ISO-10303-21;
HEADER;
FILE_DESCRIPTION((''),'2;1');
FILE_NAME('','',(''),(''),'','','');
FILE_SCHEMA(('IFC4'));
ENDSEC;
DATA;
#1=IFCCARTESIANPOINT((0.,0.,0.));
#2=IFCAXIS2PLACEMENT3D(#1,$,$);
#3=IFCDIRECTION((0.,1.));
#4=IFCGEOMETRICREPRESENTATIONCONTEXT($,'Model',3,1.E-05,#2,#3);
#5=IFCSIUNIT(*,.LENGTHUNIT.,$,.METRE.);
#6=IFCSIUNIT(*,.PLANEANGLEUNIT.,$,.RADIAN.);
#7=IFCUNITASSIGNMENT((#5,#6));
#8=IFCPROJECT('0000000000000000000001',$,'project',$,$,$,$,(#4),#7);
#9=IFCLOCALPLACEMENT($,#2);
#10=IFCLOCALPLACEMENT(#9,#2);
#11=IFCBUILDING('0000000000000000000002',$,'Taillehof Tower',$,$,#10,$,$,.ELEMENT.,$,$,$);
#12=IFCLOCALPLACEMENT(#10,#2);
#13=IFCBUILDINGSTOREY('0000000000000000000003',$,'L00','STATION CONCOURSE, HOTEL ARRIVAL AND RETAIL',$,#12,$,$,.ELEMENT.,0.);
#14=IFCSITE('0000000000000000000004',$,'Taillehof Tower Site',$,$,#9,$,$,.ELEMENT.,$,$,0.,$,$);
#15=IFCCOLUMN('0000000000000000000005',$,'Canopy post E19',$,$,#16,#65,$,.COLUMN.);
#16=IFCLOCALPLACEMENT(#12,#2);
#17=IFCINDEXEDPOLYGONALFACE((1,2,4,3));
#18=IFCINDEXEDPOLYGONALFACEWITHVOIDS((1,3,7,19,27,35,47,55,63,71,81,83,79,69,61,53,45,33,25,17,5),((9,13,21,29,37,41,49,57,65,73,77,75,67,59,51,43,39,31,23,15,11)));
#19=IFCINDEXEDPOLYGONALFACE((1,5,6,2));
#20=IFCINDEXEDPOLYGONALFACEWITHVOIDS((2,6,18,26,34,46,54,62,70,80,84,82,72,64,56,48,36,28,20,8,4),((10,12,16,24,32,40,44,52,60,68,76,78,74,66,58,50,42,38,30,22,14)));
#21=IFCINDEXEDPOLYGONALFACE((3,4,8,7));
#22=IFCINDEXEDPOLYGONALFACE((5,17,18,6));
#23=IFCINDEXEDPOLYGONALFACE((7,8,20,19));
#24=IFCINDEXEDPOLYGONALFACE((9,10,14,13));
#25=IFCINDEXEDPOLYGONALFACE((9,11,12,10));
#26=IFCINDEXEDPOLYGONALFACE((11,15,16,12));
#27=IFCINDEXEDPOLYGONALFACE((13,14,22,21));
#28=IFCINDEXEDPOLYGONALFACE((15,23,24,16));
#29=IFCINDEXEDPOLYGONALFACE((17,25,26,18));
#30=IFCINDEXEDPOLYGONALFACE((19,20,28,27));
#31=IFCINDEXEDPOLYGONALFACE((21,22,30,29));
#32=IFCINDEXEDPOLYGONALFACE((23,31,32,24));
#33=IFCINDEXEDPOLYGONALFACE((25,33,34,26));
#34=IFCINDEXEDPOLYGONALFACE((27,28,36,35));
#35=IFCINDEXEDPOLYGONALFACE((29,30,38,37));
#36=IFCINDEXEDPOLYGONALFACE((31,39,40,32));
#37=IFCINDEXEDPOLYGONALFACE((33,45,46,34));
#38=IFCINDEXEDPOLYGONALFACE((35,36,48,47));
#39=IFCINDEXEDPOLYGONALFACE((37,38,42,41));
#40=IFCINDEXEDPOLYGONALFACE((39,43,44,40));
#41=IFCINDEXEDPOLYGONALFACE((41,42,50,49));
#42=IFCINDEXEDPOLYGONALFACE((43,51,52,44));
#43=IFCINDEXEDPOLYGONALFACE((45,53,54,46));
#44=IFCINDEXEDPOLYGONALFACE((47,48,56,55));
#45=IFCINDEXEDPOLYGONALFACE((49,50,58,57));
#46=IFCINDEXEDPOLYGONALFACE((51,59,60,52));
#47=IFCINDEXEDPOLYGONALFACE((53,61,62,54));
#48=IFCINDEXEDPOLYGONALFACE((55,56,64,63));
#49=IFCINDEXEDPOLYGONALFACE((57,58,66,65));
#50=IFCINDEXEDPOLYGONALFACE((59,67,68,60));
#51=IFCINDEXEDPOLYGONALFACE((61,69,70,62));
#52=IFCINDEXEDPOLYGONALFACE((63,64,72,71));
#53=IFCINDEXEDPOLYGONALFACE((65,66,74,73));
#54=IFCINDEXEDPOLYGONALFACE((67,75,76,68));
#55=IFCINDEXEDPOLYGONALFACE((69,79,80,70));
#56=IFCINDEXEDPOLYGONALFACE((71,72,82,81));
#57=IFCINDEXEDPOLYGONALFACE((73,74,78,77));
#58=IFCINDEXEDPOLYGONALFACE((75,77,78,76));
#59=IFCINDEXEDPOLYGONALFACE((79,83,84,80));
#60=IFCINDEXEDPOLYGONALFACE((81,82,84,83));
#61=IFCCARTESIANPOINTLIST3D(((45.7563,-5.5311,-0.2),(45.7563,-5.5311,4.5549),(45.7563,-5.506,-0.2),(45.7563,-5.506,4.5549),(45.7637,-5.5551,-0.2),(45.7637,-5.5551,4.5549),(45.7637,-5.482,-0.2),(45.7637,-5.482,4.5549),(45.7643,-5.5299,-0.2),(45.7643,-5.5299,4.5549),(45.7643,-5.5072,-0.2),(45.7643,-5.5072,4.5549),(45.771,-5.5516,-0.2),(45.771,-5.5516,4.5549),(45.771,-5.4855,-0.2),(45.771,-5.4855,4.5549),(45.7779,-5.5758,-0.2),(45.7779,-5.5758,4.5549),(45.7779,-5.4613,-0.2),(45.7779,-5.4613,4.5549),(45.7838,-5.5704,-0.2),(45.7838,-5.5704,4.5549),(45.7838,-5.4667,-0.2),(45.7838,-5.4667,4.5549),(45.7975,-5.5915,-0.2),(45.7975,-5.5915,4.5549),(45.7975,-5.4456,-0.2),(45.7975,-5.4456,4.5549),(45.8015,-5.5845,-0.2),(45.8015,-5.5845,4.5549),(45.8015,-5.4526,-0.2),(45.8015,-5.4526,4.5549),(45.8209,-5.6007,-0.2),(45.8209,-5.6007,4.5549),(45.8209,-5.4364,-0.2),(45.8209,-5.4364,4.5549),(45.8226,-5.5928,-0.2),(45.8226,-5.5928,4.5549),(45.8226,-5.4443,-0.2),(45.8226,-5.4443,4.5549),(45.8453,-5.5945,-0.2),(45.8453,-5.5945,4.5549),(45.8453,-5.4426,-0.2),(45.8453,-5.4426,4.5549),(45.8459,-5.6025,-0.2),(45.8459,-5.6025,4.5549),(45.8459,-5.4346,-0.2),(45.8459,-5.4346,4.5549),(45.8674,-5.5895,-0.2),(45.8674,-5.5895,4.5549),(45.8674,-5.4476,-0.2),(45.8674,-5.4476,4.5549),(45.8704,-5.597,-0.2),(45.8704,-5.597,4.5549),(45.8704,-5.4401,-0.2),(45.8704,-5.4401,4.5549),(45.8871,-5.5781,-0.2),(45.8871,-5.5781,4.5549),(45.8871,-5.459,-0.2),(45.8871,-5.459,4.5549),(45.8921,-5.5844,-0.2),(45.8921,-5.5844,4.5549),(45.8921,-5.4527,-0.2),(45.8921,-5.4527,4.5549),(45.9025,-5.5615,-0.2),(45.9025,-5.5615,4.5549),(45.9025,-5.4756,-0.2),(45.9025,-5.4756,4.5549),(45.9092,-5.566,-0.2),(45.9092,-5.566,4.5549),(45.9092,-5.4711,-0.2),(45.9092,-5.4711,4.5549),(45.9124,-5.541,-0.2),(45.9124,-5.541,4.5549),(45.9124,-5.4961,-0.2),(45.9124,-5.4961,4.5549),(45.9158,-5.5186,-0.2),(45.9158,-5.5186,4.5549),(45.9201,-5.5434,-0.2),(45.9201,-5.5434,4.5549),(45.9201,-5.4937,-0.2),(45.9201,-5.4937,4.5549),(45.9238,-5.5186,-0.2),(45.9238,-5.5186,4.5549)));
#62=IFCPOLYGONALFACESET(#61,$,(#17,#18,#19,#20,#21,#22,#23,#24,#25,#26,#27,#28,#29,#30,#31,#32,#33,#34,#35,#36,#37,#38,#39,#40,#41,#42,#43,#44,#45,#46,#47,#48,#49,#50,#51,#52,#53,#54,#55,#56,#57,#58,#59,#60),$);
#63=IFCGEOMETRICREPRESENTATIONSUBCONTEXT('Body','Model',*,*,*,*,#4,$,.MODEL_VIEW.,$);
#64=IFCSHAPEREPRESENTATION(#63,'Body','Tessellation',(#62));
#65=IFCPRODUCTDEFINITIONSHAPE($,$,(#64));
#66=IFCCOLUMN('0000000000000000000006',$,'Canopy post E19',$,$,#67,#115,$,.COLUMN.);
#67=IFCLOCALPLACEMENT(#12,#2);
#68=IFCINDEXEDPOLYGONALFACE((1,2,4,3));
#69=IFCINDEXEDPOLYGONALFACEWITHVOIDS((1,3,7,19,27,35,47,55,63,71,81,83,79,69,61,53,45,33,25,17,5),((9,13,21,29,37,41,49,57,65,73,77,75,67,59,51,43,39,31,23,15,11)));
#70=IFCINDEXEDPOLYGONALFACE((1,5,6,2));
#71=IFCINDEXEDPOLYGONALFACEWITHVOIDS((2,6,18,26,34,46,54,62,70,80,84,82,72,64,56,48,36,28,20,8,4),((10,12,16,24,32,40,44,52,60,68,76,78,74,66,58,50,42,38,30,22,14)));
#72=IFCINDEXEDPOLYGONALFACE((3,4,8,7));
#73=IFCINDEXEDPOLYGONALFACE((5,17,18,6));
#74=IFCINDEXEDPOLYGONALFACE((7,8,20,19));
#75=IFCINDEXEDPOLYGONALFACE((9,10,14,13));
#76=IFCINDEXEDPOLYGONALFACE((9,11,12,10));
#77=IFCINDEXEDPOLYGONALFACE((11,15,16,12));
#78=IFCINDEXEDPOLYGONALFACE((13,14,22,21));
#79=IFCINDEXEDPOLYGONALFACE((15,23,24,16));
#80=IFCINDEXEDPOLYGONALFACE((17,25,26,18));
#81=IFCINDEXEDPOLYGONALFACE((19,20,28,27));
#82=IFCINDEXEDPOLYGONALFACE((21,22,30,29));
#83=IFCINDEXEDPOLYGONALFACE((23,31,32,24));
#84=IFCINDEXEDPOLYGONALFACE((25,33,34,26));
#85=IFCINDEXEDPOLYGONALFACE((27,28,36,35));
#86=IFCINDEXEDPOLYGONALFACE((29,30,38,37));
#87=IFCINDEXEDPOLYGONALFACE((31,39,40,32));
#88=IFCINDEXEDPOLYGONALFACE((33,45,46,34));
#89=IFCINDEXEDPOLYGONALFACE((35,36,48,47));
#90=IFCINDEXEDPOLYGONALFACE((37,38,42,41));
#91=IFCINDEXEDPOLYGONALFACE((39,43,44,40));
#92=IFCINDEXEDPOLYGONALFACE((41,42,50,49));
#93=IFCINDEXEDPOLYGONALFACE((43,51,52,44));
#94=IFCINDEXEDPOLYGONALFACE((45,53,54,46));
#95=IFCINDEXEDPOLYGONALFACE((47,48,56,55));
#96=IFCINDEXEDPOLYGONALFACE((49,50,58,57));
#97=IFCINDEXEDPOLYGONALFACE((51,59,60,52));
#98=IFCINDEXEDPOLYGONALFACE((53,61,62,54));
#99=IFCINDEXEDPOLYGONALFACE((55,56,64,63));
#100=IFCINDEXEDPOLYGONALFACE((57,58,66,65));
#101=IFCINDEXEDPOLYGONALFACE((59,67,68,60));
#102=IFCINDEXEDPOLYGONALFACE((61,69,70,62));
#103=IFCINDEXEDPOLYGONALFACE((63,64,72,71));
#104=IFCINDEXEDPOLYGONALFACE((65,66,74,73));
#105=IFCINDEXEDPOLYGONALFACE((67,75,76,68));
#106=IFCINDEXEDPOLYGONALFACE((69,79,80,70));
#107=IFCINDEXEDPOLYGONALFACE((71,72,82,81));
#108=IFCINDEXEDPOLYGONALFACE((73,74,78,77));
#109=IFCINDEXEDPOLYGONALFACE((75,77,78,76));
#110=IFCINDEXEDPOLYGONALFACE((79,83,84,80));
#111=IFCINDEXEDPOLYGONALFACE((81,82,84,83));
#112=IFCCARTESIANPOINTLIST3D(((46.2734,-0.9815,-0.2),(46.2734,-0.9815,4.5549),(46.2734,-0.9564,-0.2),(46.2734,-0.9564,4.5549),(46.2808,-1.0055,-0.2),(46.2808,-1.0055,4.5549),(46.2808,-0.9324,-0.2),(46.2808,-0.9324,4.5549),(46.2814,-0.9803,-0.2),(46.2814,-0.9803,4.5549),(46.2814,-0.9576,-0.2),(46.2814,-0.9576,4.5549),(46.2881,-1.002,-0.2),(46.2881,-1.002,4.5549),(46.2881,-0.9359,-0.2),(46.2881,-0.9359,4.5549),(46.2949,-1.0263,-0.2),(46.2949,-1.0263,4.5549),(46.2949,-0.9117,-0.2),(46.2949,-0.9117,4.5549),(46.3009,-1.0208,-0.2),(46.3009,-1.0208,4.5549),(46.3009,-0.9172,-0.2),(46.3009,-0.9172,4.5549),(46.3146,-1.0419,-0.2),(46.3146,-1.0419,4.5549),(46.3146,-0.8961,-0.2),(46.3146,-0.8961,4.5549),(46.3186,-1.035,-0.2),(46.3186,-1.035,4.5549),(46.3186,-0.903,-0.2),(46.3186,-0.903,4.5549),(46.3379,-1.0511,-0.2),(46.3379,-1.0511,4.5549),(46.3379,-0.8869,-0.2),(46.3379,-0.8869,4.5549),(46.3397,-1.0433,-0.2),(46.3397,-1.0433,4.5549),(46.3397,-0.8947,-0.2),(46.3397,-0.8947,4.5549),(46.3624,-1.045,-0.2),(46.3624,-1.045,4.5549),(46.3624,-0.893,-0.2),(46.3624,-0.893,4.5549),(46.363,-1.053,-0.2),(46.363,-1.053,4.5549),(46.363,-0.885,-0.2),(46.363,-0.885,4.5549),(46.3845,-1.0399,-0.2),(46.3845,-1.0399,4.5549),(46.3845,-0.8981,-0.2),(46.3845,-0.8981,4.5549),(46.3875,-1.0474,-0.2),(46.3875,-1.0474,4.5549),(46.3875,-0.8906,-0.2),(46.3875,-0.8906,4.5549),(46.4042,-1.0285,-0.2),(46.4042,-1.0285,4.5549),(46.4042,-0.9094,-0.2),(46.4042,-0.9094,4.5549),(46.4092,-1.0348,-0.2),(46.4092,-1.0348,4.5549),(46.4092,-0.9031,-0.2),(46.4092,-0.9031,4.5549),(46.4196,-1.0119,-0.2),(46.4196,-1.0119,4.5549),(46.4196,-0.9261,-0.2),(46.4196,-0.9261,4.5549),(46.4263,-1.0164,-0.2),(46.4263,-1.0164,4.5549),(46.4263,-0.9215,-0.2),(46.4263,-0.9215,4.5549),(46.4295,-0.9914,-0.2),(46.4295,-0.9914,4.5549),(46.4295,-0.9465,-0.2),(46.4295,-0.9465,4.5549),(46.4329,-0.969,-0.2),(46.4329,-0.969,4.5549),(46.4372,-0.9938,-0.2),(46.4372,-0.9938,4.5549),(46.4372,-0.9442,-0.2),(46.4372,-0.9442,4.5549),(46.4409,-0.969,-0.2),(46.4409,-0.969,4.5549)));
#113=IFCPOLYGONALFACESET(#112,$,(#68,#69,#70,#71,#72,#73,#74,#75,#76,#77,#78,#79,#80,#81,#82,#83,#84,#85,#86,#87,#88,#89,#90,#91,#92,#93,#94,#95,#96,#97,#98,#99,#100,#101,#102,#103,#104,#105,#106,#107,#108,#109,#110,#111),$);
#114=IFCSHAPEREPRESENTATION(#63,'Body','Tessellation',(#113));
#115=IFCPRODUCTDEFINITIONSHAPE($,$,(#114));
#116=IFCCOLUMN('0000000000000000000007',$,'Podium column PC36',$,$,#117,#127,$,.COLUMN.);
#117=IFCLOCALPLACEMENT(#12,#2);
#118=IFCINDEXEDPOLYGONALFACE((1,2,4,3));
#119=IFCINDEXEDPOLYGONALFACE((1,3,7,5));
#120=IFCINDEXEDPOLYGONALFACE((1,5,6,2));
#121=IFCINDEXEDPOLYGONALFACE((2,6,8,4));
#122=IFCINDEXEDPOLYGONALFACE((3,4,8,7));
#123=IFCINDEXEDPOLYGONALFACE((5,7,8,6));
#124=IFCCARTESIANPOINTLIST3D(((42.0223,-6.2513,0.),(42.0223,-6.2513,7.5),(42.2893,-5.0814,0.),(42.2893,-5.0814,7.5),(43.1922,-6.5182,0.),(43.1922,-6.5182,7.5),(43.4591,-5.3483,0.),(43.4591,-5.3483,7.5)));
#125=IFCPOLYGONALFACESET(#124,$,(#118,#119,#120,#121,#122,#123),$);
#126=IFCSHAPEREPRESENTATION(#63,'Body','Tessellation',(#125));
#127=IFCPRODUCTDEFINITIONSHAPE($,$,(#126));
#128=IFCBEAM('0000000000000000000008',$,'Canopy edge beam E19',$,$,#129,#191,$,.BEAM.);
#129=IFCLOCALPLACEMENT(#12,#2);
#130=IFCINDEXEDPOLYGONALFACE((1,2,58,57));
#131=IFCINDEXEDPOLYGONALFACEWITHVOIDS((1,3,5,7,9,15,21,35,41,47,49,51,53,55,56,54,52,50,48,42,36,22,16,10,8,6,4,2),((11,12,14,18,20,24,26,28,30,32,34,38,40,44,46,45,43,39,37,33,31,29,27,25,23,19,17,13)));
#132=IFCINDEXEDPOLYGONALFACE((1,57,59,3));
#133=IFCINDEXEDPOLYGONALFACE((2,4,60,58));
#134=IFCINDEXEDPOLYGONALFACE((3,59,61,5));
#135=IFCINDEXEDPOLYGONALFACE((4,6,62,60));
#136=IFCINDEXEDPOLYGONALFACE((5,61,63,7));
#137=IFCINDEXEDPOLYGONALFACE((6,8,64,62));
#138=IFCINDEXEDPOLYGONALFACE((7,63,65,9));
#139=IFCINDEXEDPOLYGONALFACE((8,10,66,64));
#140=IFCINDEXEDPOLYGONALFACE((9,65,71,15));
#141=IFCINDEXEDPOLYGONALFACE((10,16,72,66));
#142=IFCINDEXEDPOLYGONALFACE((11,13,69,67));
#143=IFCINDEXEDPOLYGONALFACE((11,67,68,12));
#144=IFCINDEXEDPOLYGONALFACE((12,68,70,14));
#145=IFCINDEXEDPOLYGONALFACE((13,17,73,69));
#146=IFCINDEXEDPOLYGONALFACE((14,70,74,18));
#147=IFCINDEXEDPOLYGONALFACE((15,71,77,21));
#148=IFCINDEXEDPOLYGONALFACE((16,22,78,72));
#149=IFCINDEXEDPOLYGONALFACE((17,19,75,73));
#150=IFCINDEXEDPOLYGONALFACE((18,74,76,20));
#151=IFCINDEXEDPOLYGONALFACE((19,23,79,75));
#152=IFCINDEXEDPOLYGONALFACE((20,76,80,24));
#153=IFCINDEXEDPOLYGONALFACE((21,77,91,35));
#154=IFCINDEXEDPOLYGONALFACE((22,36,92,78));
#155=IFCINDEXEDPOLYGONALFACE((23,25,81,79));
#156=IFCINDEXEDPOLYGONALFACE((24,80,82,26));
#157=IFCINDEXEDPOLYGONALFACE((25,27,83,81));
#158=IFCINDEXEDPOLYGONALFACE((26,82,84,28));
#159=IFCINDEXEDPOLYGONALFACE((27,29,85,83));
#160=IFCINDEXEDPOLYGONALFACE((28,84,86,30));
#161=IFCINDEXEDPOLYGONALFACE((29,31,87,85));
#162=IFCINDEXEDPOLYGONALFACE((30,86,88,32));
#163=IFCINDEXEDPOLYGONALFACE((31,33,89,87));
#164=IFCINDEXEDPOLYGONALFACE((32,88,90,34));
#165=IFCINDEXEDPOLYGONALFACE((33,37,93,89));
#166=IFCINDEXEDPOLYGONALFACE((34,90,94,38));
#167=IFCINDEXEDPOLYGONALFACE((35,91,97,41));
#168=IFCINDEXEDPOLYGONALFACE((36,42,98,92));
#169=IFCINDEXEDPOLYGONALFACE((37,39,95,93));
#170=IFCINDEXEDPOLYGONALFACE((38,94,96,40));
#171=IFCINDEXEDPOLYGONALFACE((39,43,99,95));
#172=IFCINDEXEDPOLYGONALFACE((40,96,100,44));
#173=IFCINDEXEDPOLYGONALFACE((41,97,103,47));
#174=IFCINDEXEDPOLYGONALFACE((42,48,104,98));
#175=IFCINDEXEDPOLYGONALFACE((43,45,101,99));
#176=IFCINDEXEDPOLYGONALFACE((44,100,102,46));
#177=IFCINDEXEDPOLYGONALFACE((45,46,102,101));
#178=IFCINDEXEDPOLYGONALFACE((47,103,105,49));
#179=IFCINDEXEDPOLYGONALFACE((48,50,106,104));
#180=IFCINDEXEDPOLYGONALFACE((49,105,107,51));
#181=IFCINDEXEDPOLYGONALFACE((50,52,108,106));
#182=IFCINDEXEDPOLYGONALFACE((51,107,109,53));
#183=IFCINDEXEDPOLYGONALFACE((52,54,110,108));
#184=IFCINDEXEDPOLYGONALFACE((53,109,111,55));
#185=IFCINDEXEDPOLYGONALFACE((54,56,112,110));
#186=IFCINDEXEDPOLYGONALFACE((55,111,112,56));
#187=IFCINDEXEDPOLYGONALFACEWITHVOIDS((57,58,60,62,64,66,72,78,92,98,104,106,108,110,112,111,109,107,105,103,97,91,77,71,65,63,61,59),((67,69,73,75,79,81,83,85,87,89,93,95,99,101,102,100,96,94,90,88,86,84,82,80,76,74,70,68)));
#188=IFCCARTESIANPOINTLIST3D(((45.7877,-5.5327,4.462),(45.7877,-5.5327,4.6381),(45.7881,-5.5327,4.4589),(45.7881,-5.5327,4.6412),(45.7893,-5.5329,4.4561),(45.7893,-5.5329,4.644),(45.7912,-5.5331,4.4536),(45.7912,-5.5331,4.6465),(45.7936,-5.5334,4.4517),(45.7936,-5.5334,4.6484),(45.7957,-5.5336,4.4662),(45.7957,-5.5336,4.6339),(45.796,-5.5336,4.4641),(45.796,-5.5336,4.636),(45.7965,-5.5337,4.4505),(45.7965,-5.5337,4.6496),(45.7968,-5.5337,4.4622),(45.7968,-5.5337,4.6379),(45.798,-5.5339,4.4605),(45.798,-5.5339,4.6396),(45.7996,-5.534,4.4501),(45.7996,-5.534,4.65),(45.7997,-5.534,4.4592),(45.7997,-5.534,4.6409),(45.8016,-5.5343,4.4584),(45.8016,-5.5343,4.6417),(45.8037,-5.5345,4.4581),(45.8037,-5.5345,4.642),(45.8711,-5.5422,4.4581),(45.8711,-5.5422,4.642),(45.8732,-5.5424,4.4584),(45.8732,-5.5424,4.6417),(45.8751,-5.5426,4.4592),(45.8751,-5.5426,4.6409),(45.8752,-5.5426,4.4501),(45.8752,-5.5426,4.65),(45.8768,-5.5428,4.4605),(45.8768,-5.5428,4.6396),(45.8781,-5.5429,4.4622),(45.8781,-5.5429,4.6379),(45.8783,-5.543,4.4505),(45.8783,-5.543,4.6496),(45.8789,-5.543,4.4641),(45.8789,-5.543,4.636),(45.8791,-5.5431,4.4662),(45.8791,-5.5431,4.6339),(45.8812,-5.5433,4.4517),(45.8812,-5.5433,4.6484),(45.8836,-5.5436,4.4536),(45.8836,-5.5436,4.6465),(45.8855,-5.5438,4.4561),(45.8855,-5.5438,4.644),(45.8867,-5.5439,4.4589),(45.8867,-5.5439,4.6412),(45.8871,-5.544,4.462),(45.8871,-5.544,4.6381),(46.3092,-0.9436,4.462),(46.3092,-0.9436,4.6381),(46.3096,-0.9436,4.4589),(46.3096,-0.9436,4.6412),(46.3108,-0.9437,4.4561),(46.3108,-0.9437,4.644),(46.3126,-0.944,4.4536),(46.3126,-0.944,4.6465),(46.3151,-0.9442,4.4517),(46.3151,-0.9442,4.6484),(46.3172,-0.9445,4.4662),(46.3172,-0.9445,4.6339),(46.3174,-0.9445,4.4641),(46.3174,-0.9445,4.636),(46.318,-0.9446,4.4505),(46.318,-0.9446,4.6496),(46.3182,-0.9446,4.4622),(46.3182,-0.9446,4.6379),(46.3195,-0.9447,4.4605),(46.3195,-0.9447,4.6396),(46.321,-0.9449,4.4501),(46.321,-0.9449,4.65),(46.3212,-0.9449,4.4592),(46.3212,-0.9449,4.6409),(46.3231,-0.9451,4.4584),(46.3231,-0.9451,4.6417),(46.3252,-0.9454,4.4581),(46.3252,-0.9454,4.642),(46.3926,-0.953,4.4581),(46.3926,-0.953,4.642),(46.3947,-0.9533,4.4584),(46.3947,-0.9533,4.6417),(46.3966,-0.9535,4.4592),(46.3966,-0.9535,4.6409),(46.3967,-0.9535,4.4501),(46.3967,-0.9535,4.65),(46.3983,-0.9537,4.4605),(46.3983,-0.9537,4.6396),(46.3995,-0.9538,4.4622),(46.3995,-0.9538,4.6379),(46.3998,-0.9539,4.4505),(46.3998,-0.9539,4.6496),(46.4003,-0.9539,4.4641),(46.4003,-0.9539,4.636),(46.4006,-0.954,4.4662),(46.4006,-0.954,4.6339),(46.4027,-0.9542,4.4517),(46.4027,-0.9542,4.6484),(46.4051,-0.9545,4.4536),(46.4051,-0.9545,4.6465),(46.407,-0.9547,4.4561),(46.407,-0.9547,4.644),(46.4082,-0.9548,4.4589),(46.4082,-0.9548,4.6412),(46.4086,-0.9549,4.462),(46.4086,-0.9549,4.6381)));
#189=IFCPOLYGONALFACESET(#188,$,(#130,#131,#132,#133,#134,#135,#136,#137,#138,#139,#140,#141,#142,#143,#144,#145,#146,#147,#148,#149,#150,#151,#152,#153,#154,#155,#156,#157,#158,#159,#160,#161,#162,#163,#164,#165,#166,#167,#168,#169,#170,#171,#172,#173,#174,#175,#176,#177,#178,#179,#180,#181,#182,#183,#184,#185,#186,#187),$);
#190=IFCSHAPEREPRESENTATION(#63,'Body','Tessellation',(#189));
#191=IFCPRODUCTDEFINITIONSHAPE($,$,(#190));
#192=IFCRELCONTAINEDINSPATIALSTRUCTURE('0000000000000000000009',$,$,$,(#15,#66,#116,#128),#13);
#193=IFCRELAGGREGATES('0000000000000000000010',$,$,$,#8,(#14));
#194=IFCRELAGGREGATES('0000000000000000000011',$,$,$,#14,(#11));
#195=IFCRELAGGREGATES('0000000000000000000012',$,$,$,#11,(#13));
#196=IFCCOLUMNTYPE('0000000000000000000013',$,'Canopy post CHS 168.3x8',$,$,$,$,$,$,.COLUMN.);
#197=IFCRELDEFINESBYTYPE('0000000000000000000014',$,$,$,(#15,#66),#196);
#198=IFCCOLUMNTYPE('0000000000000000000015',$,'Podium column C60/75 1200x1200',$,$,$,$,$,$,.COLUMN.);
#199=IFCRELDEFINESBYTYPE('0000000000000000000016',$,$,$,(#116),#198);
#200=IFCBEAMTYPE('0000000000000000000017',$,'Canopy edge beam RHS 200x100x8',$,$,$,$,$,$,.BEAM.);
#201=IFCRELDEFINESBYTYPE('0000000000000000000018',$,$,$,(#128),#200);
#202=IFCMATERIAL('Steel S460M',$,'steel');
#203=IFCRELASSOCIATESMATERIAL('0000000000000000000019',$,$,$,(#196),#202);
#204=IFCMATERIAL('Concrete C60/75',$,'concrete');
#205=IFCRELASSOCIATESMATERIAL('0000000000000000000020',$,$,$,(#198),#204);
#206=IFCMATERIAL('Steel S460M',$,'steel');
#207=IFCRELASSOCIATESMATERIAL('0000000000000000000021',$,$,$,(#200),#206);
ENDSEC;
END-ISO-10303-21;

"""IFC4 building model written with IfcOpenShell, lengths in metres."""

from ifc_helpers import new_model, si_unit, direction, frame, origin, origin_2d, place, context, subcontext, project, spatial, rectangle, hollow_rectangle, hollow_circle, extrude, material, material_profile, profile_set, type_object, element, save


model = new_model("IFC4")

# Units and contexts
model_context = context("Model", 3, precision=1e-05, world=origin(), true_north=direction((0.0, 1.0)))
body_context = subcontext(model_context, "Body", "Model", "MODEL_VIEW")
ifc_project = project(units=[si_unit("LENGTHUNIT", "METRE"), si_unit("PLANEANGLEUNIT", "RADIAN")], contexts=[model_context])

# Site, building, storey
site_placement = place(None, origin())
site = spatial("IfcSite", under=ifc_project, at=site_placement, Name="Taillehof Tower Site", CompositionType="ELEMENT", RefElevation=0.0)
building_placement = place(site_placement, origin())
building = spatial("IfcBuilding", under=site, at=building_placement, Name="Taillehof Tower", CompositionType="ELEMENT")
storey_placement = place(building_placement, origin())
storey = spatial("IfcBuildingStorey", under=building, at=storey_placement, Name="L00", Description="STATION CONCOURSE, HOTEL ARRIVAL AND RETAIL", CompositionType="ELEMENT", Elevation=0.0)

# Columns
ifc_material_1 = material(Name="Steel S460M", Category="steel")
ifc_material_profile_1 = material_profile(ifc_material_1, hollow_circle(Radius=0.0842, WallThickness=0.0081, at=origin_2d()), Name="CHS 168.3x8")
ifc_profile_set_1 = profile_set([ifc_material_profile_1], Name="Steel S460M")
column_type_1 = type_object("IfcColumnType", Name="Canopy post CHS 168.3x8", PredefinedType="COLUMN", material=ifc_profile_set_1)
for number, where, z_axis, x_axis, name in (
    (1, (45.8396, -5.5186, -0.2), (0.0, 0.0, 1.0), (1.0, 0.0, 0.0), "Canopy post E19"),
    (2, (46.3567, -0.969, -0.2), (0.0, 0.0, 1.0), (1.0, 0.0, 0.0), "Canopy post E19"),
):
    element("IfcColumn", number, at=place(storey_placement, frame(where, z_axis=z_axis, x_axis=x_axis)), inside=storey, type_object=column_type_1, Name=name, PredefinedType="COLUMN", context=body_context, shape_type="SweptSolid", body=[
        extrude(hollow_circle(Radius=0.0842, WallThickness=0.0081, at=origin_2d()), origin(), (0.0, 0.0, 1.0), 4.7549),
    ])
ifc_material_2 = material(Name="Concrete C60/75", Category="concrete")
ifc_material_profile_2 = material_profile(ifc_material_2, rectangle(XDim=1.2, YDim=1.2, at=origin_2d()), Name="RC 1200x1200")
ifc_profile_set_2 = profile_set([ifc_material_profile_2], Name="Concrete C60/75")
column_type_2 = type_object("IfcColumnType", Name="Podium column C60/75 1200x1200", PredefinedType="COLUMN", material=ifc_profile_set_2)
column_placement = place(storey_placement, frame((42.7407, -5.7998, 0.0), z_axis=(0.0, 0.0, 1.0), x_axis=(0.97494, -0.222469, 0.0)))
element("IfcColumn", 3, at=column_placement, inside=storey, type_object=column_type_2, Name="Podium column PC36", PredefinedType="COLUMN", context=body_context, shape_type="SweptSolid", body=[
    extrude(rectangle(XDim=1.2, YDim=1.2, at=origin_2d()), origin(), (0.0, 0.0, 1.0), 7.5),
])

# Beam
ifc_material_3 = material(Name="Steel S460M", Category="steel")
ifc_material_profile_3 = material_profile(ifc_material_3, hollow_rectangle(XDim=0.1001, YDim=0.2, WallThickness=0.0081, InnerFilletRadius=0.0081, OuterFilletRadius=0.012, at=origin_2d()), Name="RHS 200x100x8")
ifc_profile_set_3 = profile_set([ifc_material_profile_3], Name="Steel S460M")
beam_type_1 = type_object("IfcBeamType", Name="Canopy edge beam RHS 200x100x8", PredefinedType="BEAM", material=ifc_profile_set_3)
beam_1_placement = place(storey_placement, frame((45.8374, -5.5383, 4.55), z_axis=(0.112909, 0.993605, 0.0), x_axis=(-0.993605, 0.112909, 0.0)))
element("IfcBeam", 4, at=beam_1_placement, inside=storey, type_object=beam_type_1, Name="Canopy edge beam E19", PredefinedType="BEAM", context=body_context, shape_type="SweptSolid", body=[
    extrude(hollow_rectangle(XDim=0.1001, YDim=0.2, WallThickness=0.0081, InnerFilletRadius=0.0081, OuterFilletRadius=0.012, at=origin_2d()), origin(), (0.0, 0.0, 1.0), 4.6187),
])

save(model, "model.ifc")
